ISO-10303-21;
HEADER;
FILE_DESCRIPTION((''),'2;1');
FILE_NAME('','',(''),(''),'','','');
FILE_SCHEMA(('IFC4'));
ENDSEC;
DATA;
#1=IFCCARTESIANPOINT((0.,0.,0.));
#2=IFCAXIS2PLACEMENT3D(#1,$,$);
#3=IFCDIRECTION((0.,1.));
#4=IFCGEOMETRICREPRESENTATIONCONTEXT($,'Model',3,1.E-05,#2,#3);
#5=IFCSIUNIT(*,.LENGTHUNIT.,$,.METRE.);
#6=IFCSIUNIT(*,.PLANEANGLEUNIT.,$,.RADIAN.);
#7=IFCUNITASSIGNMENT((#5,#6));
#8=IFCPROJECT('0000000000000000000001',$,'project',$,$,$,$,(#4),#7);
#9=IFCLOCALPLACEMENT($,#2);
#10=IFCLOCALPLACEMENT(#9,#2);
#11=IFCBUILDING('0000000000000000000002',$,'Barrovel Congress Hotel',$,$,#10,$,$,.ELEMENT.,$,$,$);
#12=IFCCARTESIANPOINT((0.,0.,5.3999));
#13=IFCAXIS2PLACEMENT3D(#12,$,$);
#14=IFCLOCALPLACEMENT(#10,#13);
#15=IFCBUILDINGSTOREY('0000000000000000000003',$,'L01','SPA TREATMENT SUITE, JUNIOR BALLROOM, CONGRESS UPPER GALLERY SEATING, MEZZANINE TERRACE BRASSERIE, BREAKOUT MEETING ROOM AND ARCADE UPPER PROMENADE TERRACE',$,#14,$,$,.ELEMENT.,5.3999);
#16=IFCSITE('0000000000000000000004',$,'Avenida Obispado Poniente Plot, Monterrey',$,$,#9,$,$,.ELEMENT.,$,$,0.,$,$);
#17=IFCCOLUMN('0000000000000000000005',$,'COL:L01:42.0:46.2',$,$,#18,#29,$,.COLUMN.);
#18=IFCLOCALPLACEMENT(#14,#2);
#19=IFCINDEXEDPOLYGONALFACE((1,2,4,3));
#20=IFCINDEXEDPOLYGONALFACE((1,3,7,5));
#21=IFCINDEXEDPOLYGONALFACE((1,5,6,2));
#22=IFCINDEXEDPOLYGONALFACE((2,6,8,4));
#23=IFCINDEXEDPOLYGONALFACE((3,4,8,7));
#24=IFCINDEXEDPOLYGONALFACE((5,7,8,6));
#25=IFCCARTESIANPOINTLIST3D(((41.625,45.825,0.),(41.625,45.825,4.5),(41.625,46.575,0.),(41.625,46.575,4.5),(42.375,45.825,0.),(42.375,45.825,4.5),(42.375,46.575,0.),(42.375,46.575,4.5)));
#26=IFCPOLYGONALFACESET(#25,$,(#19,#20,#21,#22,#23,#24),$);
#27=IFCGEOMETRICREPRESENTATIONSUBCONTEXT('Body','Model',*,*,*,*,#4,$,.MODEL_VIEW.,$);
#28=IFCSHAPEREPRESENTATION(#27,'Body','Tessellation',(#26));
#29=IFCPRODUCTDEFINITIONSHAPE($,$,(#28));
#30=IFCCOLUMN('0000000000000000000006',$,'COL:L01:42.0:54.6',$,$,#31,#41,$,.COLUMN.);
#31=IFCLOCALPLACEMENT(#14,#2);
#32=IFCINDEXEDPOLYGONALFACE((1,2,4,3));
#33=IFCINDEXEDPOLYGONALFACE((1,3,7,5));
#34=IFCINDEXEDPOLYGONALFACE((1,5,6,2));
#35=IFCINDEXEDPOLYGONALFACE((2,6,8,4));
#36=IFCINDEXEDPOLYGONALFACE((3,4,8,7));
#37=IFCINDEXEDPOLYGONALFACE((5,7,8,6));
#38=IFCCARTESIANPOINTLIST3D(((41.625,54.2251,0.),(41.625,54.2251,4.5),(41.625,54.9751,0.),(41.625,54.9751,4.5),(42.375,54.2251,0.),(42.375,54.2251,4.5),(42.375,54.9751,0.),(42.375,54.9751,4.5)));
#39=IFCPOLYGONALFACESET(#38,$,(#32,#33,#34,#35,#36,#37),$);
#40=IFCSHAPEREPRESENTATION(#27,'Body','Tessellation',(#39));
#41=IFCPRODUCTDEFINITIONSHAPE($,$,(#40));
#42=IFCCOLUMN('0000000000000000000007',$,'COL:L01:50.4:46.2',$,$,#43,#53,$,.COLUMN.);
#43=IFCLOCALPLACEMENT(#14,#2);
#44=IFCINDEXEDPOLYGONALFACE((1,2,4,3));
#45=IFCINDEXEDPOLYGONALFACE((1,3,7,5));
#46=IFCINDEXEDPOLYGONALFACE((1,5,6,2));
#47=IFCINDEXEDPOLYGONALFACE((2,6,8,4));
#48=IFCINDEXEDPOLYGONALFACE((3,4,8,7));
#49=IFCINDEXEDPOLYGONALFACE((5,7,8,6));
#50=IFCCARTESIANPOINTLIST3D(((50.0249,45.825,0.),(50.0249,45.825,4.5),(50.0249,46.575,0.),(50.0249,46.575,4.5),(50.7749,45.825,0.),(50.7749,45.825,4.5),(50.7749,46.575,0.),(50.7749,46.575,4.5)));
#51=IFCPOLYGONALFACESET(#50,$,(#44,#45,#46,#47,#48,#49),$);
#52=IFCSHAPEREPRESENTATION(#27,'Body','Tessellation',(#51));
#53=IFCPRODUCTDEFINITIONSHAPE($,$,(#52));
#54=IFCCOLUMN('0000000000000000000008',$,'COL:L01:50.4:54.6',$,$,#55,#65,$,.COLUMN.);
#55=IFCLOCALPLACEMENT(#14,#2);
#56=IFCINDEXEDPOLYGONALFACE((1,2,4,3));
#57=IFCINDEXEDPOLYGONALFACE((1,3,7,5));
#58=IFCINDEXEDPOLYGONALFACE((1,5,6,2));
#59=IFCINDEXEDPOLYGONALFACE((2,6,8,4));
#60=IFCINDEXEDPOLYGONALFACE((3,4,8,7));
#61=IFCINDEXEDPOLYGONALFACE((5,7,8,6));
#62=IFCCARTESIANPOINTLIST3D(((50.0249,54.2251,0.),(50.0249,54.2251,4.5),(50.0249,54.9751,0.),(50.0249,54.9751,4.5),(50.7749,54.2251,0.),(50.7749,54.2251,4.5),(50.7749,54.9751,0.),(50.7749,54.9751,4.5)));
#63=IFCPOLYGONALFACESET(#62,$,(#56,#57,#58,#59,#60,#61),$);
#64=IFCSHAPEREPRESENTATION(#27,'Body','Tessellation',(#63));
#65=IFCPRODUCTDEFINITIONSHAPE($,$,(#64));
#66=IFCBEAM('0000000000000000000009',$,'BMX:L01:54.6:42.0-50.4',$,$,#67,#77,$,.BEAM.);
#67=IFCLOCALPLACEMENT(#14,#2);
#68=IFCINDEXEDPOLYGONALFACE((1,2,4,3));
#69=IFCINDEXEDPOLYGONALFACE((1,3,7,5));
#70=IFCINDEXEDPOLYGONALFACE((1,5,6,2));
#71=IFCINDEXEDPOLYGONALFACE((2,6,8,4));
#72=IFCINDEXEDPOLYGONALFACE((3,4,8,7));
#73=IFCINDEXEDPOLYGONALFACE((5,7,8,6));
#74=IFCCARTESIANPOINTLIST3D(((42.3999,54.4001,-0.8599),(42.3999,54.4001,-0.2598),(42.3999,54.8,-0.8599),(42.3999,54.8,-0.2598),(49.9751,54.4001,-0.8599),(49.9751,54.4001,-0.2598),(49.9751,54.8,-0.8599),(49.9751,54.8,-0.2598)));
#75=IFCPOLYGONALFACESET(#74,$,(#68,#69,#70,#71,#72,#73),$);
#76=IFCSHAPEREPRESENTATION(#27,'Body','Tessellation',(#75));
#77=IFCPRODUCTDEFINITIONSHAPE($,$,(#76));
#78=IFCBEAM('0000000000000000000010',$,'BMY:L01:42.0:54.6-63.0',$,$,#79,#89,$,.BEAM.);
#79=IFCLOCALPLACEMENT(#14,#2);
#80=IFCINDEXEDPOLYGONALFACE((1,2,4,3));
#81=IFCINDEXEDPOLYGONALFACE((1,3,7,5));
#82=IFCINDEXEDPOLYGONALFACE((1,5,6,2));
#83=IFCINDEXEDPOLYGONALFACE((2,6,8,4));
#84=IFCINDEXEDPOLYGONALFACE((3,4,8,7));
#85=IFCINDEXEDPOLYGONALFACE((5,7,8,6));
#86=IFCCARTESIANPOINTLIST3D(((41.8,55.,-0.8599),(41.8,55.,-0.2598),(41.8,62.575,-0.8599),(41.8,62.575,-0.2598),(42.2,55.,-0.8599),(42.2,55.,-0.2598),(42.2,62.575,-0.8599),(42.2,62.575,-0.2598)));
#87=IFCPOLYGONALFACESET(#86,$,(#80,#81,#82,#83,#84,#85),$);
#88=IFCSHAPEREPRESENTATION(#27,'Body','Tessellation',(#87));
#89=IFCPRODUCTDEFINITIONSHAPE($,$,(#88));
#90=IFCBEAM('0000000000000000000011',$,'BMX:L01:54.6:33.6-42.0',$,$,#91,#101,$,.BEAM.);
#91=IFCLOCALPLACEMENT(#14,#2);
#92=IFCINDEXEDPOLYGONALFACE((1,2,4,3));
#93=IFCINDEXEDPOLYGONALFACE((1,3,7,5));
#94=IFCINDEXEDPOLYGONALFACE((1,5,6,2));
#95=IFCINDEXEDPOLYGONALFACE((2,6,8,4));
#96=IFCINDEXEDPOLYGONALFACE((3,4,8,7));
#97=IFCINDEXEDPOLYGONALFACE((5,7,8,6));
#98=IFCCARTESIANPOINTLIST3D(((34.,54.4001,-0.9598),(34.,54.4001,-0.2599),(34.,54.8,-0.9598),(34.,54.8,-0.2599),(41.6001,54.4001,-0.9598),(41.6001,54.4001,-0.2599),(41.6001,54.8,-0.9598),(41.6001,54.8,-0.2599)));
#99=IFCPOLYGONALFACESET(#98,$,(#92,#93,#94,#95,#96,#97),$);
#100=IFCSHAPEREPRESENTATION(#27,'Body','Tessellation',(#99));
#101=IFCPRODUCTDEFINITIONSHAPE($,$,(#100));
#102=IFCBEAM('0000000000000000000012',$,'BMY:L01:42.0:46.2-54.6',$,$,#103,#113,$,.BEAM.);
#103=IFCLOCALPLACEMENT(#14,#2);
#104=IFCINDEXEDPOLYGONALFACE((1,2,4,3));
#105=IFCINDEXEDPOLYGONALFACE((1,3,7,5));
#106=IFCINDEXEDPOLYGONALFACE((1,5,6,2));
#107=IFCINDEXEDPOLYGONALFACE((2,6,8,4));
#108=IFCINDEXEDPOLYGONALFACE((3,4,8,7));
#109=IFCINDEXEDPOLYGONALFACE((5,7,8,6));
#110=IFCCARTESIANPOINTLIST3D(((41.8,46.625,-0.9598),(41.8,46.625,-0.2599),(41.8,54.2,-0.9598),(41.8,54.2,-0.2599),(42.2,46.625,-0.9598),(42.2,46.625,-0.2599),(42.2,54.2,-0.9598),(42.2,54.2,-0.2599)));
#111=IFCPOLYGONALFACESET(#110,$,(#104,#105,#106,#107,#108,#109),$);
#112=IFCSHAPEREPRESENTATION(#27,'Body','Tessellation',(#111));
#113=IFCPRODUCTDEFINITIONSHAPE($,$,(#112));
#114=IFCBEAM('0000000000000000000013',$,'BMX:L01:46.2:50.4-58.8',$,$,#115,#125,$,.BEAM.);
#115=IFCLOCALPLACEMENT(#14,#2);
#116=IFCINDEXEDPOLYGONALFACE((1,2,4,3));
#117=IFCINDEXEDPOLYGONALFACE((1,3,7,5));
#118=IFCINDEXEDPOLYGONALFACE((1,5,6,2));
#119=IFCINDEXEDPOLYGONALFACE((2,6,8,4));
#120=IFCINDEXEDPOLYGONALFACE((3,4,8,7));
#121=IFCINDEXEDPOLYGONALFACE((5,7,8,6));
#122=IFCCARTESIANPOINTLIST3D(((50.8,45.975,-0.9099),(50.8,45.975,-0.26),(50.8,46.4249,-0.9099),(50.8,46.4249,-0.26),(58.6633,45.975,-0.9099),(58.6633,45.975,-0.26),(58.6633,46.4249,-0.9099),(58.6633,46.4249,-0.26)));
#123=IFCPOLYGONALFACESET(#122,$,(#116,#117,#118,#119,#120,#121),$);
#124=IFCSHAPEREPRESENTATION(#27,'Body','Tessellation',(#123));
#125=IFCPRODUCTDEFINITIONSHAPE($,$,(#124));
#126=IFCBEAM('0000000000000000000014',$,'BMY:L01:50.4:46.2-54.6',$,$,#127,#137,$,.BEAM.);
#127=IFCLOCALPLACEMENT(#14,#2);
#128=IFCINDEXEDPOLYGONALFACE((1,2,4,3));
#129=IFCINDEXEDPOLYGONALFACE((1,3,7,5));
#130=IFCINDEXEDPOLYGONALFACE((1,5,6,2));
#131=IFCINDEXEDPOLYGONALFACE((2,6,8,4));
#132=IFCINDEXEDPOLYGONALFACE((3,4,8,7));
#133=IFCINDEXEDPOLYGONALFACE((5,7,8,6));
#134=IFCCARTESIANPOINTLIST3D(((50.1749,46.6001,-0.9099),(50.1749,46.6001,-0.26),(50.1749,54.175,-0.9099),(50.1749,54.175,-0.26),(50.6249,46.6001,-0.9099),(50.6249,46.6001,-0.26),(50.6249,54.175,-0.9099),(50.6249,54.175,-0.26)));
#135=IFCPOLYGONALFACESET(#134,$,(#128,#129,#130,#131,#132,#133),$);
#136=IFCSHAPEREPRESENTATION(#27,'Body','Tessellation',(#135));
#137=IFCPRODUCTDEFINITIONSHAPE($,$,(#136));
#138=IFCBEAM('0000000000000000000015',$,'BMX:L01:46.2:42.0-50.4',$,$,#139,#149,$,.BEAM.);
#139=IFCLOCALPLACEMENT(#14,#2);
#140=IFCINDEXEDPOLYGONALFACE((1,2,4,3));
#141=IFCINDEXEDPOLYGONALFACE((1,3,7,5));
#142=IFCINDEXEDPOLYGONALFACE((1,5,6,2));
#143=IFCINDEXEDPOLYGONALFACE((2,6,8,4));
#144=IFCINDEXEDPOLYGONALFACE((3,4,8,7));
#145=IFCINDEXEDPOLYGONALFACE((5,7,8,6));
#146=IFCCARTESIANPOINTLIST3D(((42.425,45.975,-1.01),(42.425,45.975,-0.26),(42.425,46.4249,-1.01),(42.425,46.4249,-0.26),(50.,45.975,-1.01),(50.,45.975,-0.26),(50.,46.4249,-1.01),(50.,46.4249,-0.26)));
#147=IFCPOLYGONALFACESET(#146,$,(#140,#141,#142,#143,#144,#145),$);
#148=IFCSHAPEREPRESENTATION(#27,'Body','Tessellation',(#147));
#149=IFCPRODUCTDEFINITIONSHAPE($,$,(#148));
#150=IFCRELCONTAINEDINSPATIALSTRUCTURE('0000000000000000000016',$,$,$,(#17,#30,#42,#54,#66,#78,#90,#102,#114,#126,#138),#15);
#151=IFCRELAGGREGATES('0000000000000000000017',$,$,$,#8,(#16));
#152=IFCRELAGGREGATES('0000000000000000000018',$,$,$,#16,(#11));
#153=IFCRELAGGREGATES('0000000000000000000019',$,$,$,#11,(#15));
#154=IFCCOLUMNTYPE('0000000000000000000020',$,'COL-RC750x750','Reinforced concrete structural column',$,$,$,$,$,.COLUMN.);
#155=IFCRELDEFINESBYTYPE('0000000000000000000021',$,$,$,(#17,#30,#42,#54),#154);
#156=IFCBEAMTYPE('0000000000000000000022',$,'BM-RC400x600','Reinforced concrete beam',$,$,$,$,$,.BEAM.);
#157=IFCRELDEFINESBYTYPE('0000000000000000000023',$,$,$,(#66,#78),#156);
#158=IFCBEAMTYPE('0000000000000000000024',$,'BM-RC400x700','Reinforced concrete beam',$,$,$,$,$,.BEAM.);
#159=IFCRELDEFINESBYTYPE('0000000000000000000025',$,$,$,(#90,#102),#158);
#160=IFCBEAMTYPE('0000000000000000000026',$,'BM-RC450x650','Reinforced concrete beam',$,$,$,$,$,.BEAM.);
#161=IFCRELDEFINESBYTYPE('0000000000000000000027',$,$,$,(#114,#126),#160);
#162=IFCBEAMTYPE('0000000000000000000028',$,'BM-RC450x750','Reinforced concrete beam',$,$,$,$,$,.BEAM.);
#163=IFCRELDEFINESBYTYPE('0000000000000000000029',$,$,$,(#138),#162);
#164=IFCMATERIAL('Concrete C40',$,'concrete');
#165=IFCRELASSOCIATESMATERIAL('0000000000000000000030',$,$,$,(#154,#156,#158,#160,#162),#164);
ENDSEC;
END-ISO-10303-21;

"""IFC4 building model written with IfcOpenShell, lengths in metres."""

from ifc_helpers import new_model, si_unit, direction, frame, origin, origin_2d, place, context, subcontext, project, spatial, rectangle, extrude, material, material_profile, profile_set, type_object, element, save


model = new_model("IFC4")

# Units and contexts
model_context = context("Model", 3, precision=1e-05, world=origin(), true_north=direction((0.0, 1.0)))
body_context = subcontext(model_context, "Body", "Model", "MODEL_VIEW")
ifc_project = project(units=[si_unit("LENGTHUNIT", "METRE"), si_unit("PLANEANGLEUNIT", "RADIAN")], contexts=[model_context])

# Site, building, storey
site_placement = place(None, origin())
site = spatial("IfcSite", under=ifc_project, at=site_placement, Name="Avenida Obispado Poniente Plot, Monterrey", CompositionType="ELEMENT", RefElevation=0.0)
building_placement = place(site_placement, origin())
building = spatial("IfcBuilding", under=site, at=building_placement, Name="Barrovel Congress Hotel", CompositionType="ELEMENT")
storey_placement = place(building_placement, frame((0.0, 0.0, 5.3999)))
storey = spatial("IfcBuildingStorey", under=building, at=storey_placement, Name="L01", Description="SPA TREATMENT SUITE, JUNIOR BALLROOM, CONGRESS UPPER GALLERY SEATING, MEZZANINE TERRACE BRASSERIE, BREAKOUT MEETING ROOM AND ARCADE UPPER PROMENADE TERRACE", CompositionType="ELEMENT", Elevation=5.3999)

# Columns
ifc_material_1 = material(Name="Concrete C40", Category="concrete")
ifc_material_profile_1 = material_profile(ifc_material_1, rectangle(XDim=0.75, YDim=0.75, at=origin_2d()), Name="RC750x750")
ifc_profile_set_1 = profile_set([ifc_material_profile_1], Name="Concrete C40")
column_type = type_object("IfcColumnType", Name="COL-RC750x750", Description="Reinforced concrete structural column", PredefinedType="COLUMN", material=ifc_profile_set_1)
for number, where, z_axis, x_axis, name in (
    (1, (42.0, 46.2, 0.0), (0.0, 0.0, 1.0), (1.0, 0.0, 0.0), "COL:L01:42.0:46.2"),
    (2, (42.0, 54.6001, 0.0), (0.0, 0.0, 1.0), (1.0, 0.0, 0.0), "COL:L01:42.0:54.6"),
    (3, (50.3999, 46.2, 0.0), (0.0, 0.0, 1.0), (1.0, 0.0, 0.0), "COL:L01:50.4:46.2"),
    (4, (50.3999, 54.6001, 0.0), (0.0, 0.0, 1.0), (1.0, 0.0, 0.0), "COL:L01:50.4:54.6"),
):
    element("IfcColumn", number, at=place(storey_placement, frame(where, z_axis=z_axis, x_axis=x_axis)), inside=storey, type_object=column_type, Name=name, PredefinedType="COLUMN", context=body_context, shape_type="SweptSolid", body=[
        extrude(rectangle(XDim=0.75, YDim=0.75, at=origin_2d()), origin(), (0.0, 0.0, 1.0), 4.5),
    ])

# Beams
ifc_material_profile_2 = material_profile(ifc_material_1, rectangle(XDim=0.3999, YDim=0.6001, at=origin_2d()), Name="RC400x600")
ifc_profile_set_2 = profile_set([ifc_material_profile_2], Name="Concrete C40")
beam_type_1 = type_object("IfcBeamType", Name="BM-RC400x600", Description="Reinforced concrete beam", PredefinedType="BEAM", material=ifc_profile_set_2)
beam_1_placement = place(storey_placement, frame((42.3999, 54.6001, -0.5598), z_axis=(1.0, 0.0, 0.0), x_axis=(0.0, 1.0, 0.0)))
element("IfcBeam", 5, at=beam_1_placement, inside=storey, type_object=beam_type_1, Name="BMX:L01:54.6:42.0-50.4", PredefinedType="BEAM", context=body_context, shape_type="SweptSolid", body=[
    extrude(rectangle(XDim=0.3999, YDim=0.6001, at=origin_2d()), origin(), (0.0, 0.0, 1.0), 7.5752),
])
beam_2_placement = place(storey_placement, frame((42.0, 55.0, -0.5598), z_axis=(0.0, 1.0, 0.0), x_axis=(-1.0, 0.0, 0.0)))
element("IfcBeam", 6, at=beam_2_placement, inside=storey, type_object=beam_type_1, Name="BMY:L01:42.0:54.6-63.0", PredefinedType="BEAM", context=body_context, shape_type="SweptSolid", body=[
    extrude(rectangle(XDim=0.3999, YDim=0.6001, at=origin_2d()), origin(), (0.0, 0.0, 1.0), 7.575),
])
ifc_material_profile_3 = material_profile(ifc_material_1, rectangle(XDim=0.3999, YDim=0.7, at=origin_2d()), Name="RC400x700")
ifc_profile_set_3 = profile_set([ifc_material_profile_3], Name="Concrete C40")
beam_type_2 = type_object("IfcBeamType", Name="BM-RC400x700", Description="Reinforced concrete beam", PredefinedType="BEAM", material=ifc_profile_set_3)
beam_3_placement = place(storey_placement, frame((34.0, 54.6001, -0.6099), z_axis=(1.0, 0.0, 0.0), x_axis=(0.0, 1.0, 0.0)))
element("IfcBeam", 7, at=beam_3_placement, inside=storey, type_object=beam_type_2, Name="BMX:L01:54.6:33.6-42.0", PredefinedType="BEAM", context=body_context, shape_type="SweptSolid", body=[
    extrude(rectangle(XDim=0.3999, YDim=0.7, at=origin_2d()), origin(), (0.0, 0.0, 1.0), 7.6001),
])
beam_4_placement = place(storey_placement, frame((42.0, 46.625, -0.6099), z_axis=(0.0, 1.0, 0.0), x_axis=(-1.0, 0.0, 0.0)))
element("IfcBeam", 8, at=beam_4_placement, inside=storey, type_object=beam_type_2, Name="BMY:L01:42.0:46.2-54.6", PredefinedType="BEAM", context=body_context, shape_type="SweptSolid", body=[
    extrude(rectangle(XDim=0.3999, YDim=0.7, at=origin_2d()), origin(), (0.0, 0.0, 1.0), 7.575),
])
ifc_material_profile_4 = material_profile(ifc_material_1, rectangle(XDim=0.45, YDim=0.6499, at=origin_2d()), Name="RC450x650")
ifc_profile_set_4 = profile_set([ifc_material_profile_4], Name="Concrete C40")
beam_type_3 = type_object("IfcBeamType", Name="BM-RC450x650", Description="Reinforced concrete beam", PredefinedType="BEAM", material=ifc_profile_set_4)
beam_5_placement = place(storey_placement, frame((50.8, 46.2, -0.585), z_axis=(1.0, 0.0, 0.0), x_axis=(0.0, 1.0, 0.0)))
element("IfcBeam", 9, at=beam_5_placement, inside=storey, type_object=beam_type_3, Name="BMX:L01:46.2:50.4-58.8", PredefinedType="BEAM", context=body_context, shape_type="SweptSolid", body=[
    extrude(rectangle(XDim=0.45, YDim=0.6499, at=origin_2d()), origin(), (0.0, 0.0, 1.0), 7.8633),
])
beam_6_placement = place(storey_placement, frame((50.3999, 46.6001, -0.585), z_axis=(0.0, 1.0, 0.0), x_axis=(-1.0, 0.0, 0.0)))
element("IfcBeam", 10, at=beam_6_placement, inside=storey, type_object=beam_type_3, Name="BMY:L01:50.4:46.2-54.6", PredefinedType="BEAM", context=body_context, shape_type="SweptSolid", body=[
    extrude(rectangle(XDim=0.45, YDim=0.6499, at=origin_2d()), origin(), (0.0, 0.0, 1.0), 7.575),
])
ifc_material_profile_5 = material_profile(ifc_material_1, rectangle(XDim=0.45, YDim=0.75, at=origin_2d()), Name="RC450x750")
ifc_profile_set_5 = profile_set([ifc_material_profile_5], Name="Concrete C40")
beam_type_4 = type_object("IfcBeamType", Name="BM-RC450x750", Description="Reinforced concrete beam", PredefinedType="BEAM", material=ifc_profile_set_5)
beam_7_placement = place(storey_placement, frame((42.425, 46.2, -0.635), z_axis=(1.0, 0.0, 0.0), x_axis=(0.0, 1.0, 0.0)))
element("IfcBeam", 11, at=beam_7_placement, inside=storey, type_object=beam_type_4, Name="BMX:L01:46.2:42.0-50.4", PredefinedType="BEAM", context=body_context, shape_type="SweptSolid", body=[
    extrude(rectangle(XDim=0.45, YDim=0.75, at=origin_2d()), origin(), (0.0, 0.0, 1.0), 7.575),
])

save(model, "model.ifc")
